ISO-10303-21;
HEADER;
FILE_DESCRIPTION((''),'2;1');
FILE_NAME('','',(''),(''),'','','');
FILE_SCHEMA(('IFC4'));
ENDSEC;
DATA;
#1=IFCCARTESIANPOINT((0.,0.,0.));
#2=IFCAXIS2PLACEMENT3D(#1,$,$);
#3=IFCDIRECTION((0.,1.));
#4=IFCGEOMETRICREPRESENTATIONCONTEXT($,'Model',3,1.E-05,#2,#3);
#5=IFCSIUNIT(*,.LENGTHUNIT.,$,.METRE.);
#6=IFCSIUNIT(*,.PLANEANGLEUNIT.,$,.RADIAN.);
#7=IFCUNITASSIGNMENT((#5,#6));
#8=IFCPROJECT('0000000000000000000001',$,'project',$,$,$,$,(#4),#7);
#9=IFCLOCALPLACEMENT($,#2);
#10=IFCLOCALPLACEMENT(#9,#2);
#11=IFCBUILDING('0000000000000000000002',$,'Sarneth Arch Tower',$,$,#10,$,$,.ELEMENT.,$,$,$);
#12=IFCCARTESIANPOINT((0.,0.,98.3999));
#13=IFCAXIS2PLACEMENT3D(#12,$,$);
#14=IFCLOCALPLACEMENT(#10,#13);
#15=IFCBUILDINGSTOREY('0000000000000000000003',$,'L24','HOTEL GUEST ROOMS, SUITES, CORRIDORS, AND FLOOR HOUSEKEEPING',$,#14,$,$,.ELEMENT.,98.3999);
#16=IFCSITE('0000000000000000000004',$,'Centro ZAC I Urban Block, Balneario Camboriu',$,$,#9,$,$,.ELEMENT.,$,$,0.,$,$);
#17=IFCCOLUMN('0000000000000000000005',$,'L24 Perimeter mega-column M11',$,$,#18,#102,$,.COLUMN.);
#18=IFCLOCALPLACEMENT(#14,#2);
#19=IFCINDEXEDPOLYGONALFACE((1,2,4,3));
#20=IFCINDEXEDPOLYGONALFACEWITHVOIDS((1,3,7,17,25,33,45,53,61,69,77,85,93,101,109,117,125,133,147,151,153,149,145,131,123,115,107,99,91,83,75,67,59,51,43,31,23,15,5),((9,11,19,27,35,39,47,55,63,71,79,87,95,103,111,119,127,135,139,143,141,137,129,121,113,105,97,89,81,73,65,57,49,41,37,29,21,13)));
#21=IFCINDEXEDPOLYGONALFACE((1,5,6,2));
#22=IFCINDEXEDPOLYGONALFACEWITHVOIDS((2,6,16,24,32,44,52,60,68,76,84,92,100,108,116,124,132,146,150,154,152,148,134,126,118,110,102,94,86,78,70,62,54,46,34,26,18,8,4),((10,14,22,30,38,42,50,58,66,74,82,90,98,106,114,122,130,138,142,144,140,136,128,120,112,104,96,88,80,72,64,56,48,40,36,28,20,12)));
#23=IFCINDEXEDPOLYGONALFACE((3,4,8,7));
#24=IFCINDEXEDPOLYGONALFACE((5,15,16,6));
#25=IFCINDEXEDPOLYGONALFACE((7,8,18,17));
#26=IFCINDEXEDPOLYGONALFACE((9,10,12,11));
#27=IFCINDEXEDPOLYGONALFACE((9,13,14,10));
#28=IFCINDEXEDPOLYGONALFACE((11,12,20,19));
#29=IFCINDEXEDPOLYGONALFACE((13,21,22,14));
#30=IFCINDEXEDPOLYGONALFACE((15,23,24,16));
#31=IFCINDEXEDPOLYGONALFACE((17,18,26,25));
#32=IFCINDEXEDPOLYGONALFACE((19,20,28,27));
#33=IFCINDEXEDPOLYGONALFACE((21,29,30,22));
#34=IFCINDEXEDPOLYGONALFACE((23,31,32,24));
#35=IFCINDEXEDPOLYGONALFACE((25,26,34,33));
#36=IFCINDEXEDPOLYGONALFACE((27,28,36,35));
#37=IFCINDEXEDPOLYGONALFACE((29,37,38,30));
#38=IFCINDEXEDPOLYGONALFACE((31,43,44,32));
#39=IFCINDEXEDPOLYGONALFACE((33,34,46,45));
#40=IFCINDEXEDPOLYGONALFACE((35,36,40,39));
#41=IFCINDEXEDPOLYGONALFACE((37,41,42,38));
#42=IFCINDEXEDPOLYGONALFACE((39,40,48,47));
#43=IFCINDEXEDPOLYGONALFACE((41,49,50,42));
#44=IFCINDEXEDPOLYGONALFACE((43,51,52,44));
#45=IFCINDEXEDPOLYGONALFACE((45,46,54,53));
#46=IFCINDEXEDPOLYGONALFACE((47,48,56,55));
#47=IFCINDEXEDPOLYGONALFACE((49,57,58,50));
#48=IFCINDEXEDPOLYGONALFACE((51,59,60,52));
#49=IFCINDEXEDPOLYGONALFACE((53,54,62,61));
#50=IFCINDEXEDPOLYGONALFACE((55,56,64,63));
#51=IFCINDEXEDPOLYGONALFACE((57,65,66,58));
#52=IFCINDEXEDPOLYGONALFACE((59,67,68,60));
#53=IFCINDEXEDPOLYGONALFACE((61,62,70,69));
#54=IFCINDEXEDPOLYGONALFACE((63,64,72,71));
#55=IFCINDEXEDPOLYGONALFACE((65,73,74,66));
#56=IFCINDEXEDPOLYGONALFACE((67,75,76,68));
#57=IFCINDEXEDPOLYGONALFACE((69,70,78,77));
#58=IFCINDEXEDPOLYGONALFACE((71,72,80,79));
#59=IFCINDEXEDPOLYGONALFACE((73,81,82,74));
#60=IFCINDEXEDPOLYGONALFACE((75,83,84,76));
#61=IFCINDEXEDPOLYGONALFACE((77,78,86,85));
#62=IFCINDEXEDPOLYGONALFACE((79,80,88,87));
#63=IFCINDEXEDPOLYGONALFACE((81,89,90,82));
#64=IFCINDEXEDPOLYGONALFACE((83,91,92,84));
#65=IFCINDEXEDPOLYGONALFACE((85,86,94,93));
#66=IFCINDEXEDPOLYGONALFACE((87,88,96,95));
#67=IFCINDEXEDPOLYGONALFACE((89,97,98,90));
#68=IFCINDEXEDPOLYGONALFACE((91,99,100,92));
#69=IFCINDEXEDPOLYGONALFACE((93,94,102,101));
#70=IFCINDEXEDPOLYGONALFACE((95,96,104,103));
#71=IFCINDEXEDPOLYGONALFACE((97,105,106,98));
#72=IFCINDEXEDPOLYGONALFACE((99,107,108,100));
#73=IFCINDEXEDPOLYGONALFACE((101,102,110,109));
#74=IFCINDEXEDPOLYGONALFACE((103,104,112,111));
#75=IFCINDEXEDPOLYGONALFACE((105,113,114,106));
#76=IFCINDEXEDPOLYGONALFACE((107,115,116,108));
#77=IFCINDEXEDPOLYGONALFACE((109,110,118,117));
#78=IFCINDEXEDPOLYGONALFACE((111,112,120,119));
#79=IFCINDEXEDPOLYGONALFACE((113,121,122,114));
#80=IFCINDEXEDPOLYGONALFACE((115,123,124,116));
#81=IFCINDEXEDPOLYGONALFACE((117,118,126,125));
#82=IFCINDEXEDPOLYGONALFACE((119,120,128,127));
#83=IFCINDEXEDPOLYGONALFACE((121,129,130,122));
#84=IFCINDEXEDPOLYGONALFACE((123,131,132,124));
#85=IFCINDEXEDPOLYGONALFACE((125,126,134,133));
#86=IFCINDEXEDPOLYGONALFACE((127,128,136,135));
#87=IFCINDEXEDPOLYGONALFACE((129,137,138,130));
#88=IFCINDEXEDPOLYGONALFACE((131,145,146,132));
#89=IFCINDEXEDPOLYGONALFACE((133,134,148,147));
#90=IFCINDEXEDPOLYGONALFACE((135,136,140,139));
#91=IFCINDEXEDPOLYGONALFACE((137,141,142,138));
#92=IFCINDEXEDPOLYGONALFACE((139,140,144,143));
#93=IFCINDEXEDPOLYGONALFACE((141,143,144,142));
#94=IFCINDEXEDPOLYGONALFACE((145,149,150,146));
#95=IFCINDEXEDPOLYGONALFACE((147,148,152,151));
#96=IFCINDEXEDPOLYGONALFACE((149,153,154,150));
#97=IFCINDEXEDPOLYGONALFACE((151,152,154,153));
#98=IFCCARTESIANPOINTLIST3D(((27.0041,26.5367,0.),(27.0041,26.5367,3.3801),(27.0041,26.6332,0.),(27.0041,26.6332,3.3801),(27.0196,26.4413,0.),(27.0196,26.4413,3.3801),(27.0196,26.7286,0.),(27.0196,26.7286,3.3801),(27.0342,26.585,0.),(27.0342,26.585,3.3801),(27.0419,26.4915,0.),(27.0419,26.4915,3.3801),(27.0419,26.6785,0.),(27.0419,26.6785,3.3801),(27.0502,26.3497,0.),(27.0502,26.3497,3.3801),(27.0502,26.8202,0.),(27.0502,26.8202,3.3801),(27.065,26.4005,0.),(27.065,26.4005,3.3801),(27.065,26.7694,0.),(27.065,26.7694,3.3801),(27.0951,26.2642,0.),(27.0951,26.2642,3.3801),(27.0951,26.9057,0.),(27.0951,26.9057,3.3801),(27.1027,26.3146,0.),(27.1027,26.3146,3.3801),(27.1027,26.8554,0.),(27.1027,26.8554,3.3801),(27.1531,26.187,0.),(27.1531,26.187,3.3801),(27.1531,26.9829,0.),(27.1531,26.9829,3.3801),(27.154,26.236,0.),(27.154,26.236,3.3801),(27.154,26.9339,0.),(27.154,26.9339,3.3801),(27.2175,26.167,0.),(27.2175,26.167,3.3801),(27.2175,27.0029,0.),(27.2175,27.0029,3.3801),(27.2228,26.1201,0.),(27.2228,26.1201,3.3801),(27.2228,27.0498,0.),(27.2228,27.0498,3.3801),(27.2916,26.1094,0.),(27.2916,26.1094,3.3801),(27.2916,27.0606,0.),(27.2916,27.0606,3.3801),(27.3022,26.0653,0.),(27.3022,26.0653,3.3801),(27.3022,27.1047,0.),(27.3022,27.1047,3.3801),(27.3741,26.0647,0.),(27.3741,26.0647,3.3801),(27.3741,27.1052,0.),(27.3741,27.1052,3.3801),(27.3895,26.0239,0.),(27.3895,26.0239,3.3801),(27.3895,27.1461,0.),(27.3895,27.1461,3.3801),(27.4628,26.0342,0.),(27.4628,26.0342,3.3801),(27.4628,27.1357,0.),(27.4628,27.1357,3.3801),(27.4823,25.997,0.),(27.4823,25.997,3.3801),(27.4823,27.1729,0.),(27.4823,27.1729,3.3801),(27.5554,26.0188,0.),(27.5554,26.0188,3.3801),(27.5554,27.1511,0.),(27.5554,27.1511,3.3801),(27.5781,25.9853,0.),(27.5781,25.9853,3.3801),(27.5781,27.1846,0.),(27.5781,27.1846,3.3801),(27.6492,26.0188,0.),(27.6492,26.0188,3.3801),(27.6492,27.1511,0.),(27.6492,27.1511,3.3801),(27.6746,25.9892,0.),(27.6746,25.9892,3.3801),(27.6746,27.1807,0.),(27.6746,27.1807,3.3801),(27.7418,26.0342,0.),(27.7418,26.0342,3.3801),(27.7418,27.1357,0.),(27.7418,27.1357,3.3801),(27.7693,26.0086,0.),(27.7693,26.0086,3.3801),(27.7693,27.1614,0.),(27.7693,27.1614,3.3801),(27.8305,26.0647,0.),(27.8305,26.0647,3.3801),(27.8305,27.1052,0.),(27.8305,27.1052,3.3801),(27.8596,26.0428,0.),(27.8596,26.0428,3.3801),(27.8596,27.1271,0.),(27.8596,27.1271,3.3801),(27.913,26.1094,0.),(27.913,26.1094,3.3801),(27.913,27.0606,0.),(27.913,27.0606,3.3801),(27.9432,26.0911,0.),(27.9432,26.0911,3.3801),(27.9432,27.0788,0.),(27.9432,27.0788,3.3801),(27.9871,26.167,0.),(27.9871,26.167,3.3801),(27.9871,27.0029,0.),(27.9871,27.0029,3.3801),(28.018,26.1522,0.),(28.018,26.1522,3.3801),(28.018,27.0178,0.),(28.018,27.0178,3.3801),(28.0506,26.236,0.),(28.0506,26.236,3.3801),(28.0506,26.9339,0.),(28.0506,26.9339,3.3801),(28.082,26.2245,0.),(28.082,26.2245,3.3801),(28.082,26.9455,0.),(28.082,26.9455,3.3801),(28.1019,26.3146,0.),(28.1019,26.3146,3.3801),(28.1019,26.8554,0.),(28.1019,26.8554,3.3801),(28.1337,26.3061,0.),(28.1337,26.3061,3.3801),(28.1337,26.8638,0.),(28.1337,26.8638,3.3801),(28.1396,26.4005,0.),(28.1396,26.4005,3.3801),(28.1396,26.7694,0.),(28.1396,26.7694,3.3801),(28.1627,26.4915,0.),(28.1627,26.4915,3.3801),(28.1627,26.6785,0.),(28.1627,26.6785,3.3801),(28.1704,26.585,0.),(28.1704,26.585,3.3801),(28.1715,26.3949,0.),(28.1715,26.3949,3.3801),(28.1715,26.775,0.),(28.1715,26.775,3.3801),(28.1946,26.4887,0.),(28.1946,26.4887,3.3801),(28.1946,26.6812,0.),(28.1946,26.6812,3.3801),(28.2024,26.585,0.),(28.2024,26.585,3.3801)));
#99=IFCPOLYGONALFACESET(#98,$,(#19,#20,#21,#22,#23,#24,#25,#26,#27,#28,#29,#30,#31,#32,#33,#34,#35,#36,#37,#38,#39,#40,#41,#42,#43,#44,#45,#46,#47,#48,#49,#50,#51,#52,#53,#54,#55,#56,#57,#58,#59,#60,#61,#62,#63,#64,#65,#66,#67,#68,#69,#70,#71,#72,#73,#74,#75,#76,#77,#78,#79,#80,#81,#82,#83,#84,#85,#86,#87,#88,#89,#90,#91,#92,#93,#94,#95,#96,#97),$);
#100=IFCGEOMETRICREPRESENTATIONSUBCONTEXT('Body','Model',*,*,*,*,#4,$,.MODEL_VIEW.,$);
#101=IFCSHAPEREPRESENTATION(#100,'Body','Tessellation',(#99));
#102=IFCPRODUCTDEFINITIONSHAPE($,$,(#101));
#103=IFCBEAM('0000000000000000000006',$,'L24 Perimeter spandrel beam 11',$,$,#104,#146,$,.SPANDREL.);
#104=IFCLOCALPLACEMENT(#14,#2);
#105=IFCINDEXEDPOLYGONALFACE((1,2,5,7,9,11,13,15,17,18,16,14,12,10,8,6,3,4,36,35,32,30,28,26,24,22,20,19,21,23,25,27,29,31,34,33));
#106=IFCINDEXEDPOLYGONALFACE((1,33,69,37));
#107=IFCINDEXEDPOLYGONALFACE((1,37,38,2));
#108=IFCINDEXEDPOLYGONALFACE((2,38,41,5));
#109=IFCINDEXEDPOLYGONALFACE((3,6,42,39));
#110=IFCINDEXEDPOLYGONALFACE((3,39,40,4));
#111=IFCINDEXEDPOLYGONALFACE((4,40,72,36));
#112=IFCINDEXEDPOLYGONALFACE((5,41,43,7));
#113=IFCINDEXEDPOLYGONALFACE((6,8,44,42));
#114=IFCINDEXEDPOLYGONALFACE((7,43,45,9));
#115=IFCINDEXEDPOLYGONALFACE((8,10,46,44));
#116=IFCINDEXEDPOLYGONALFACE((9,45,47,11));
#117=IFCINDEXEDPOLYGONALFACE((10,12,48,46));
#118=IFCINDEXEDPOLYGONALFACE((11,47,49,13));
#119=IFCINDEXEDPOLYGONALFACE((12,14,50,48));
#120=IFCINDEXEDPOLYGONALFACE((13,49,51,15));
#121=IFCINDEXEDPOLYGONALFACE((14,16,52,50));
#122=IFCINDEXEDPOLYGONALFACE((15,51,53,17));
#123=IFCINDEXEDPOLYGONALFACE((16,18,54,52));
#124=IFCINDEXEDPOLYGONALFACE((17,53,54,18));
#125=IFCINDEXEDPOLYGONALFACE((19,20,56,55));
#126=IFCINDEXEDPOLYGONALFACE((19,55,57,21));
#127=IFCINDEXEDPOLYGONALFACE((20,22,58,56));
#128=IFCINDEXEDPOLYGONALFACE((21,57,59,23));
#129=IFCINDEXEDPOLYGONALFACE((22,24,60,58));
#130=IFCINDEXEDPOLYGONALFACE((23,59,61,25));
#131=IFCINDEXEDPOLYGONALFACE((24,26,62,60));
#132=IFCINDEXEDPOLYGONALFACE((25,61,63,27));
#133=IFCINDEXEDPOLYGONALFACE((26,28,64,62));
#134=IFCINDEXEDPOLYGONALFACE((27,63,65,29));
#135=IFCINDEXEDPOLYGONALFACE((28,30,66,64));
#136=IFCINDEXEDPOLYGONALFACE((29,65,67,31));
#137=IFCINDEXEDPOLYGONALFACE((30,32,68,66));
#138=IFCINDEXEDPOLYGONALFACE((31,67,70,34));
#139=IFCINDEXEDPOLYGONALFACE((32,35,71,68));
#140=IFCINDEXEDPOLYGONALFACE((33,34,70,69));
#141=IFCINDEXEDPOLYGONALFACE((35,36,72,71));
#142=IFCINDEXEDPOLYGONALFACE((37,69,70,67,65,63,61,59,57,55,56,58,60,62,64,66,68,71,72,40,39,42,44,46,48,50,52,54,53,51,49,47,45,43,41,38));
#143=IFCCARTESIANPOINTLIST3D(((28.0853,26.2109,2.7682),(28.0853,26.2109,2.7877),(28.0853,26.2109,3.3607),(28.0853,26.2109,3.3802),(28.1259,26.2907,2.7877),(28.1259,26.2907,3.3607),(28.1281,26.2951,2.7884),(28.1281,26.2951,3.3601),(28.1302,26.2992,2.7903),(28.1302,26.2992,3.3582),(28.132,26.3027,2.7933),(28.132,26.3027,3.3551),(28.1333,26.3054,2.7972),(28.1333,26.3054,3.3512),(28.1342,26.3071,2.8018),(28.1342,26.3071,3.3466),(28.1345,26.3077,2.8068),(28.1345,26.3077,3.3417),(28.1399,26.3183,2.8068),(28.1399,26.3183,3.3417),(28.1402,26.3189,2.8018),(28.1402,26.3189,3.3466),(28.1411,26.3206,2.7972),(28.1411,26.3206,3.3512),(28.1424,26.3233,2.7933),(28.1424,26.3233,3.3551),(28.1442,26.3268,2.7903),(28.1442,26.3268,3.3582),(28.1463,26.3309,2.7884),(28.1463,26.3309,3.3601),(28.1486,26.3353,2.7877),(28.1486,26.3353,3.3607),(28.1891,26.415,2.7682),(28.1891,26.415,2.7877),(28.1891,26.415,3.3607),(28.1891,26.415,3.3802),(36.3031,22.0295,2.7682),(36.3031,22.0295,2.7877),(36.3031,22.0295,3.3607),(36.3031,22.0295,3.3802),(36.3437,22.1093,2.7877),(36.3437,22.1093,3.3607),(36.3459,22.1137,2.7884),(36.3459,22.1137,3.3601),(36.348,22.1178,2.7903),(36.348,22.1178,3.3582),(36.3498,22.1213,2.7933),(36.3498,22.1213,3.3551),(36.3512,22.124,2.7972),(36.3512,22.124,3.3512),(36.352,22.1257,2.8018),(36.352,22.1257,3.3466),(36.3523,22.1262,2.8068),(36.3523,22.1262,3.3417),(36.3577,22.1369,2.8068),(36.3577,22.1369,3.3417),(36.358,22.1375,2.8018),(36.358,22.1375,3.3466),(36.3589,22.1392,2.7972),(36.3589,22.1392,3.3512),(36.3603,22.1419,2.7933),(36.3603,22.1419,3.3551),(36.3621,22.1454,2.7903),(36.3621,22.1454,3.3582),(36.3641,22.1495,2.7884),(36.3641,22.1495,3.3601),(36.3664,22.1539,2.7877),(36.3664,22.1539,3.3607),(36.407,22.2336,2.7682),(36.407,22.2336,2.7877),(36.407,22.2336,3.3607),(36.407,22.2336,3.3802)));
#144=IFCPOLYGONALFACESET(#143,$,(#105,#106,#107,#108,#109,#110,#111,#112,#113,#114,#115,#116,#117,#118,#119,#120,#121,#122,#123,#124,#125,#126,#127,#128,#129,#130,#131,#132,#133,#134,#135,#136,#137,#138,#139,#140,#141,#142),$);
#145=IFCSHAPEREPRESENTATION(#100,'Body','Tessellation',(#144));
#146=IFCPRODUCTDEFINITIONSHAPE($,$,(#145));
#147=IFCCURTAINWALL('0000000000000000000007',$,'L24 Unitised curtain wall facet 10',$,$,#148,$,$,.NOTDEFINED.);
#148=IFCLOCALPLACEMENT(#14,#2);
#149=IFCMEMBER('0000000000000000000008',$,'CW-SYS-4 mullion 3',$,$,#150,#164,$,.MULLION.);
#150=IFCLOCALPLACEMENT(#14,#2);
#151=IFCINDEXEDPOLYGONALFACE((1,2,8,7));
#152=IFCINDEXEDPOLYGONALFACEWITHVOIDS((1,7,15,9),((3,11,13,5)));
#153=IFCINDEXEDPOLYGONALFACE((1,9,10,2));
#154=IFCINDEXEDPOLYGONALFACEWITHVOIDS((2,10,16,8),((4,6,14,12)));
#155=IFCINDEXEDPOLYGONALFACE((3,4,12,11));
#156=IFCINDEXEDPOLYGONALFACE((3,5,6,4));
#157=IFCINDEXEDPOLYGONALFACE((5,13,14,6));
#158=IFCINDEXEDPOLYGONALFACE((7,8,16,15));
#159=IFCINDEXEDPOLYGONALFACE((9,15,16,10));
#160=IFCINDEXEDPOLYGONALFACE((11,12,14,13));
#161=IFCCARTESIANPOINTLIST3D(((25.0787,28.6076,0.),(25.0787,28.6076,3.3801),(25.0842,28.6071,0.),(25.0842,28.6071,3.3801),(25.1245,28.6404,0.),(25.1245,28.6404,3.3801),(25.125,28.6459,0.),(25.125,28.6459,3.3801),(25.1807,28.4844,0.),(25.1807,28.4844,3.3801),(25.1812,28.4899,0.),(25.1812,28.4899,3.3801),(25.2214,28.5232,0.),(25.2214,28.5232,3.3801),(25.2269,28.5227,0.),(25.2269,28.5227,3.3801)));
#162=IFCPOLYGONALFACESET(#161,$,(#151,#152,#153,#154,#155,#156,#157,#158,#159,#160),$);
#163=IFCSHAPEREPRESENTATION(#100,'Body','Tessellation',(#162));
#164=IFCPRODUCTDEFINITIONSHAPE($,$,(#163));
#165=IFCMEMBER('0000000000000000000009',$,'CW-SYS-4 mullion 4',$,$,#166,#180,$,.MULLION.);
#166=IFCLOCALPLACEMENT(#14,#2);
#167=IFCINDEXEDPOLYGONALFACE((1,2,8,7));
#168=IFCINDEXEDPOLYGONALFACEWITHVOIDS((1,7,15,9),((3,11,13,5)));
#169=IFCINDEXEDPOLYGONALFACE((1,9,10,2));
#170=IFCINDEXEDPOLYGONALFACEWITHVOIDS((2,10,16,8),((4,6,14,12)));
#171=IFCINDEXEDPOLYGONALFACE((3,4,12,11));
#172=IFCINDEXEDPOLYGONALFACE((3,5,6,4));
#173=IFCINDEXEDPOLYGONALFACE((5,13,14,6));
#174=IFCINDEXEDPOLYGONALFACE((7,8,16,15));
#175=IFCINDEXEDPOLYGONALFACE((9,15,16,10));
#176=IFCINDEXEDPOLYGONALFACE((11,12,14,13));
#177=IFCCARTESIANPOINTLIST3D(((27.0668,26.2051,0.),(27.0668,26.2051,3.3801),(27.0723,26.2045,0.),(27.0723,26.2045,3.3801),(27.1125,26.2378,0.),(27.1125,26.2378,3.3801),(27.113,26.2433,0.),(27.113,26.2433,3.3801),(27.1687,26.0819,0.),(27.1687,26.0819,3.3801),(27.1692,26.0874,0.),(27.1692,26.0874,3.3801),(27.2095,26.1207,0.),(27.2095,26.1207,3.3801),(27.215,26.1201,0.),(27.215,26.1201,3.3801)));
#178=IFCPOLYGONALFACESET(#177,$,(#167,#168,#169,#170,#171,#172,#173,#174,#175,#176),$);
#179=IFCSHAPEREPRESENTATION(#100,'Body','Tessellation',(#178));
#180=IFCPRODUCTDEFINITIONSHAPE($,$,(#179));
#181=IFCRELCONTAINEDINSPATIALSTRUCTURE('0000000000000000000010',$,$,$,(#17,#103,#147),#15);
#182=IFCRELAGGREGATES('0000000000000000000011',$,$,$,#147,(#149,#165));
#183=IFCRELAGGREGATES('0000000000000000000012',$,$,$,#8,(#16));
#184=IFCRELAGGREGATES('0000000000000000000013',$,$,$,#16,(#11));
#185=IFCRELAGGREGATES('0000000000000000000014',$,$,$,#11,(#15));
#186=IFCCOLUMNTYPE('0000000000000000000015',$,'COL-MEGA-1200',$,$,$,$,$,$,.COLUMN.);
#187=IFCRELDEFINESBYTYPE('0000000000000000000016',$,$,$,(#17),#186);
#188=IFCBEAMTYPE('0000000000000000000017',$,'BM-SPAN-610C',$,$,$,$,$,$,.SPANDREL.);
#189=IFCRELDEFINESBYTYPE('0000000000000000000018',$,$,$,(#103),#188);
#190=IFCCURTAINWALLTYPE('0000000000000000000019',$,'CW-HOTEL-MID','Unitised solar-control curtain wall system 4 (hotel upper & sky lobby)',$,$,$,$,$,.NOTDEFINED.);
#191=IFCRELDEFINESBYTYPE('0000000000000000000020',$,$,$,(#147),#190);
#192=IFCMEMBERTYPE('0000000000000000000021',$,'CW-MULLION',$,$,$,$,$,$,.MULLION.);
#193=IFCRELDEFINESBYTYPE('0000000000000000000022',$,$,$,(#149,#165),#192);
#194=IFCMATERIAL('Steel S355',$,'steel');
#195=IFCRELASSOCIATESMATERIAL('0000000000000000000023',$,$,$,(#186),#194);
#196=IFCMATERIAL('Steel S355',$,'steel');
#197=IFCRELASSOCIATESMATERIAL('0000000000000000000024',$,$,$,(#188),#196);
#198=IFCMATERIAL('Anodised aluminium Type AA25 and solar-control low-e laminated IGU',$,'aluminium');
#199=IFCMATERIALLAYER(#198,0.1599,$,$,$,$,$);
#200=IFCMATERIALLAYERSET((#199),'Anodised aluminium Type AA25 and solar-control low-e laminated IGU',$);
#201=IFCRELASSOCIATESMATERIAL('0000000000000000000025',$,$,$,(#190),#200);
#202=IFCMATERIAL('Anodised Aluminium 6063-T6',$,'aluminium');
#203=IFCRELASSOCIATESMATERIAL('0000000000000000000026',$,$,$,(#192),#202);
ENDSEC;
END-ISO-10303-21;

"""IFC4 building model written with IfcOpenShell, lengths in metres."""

from ifc_helpers import new_model, si_unit, direction, frame, origin, origin_2d, place, context, subcontext, project, spatial, hollow_rectangle, hollow_circle, i_section, extrude, material, layer, layer_set, material_profile, profile_set, type_object, element, aggregate, save


model = new_model("IFC4")

# Units and contexts
model_context = context("Model", 3, precision=1e-05, world=origin(), true_north=direction((0.0, 1.0)))
body_context = subcontext(model_context, "Body", "Model", "MODEL_VIEW")
ifc_project = project(units=[si_unit("LENGTHUNIT", "METRE"), si_unit("PLANEANGLEUNIT", "RADIAN")], contexts=[model_context])

# Site, building, storey
site_placement = place(None, origin())
site = spatial("IfcSite", under=ifc_project, at=site_placement, Name="Centro ZAC I Urban Block, Balneario Camboriu", CompositionType="ELEMENT", RefElevation=0.0)
building_placement = place(site_placement, origin())
building = spatial("IfcBuilding", under=site, at=building_placement, Name="Sarneth Arch Tower", CompositionType="ELEMENT")
storey_placement = place(building_placement, frame((0.0, 0.0, 98.3999)))
storey = spatial("IfcBuildingStorey", under=building, at=storey_placement, Name="L24", Description="HOTEL GUEST ROOMS, SUITES, CORRIDORS, AND FLOOR HOUSEKEEPING", CompositionType="ELEMENT", Elevation=98.3999)

# Column
ifc_material_1 = material(Name="Steel S355", Category="steel")
ifc_material_profile_1 = material_profile(ifc_material_1, hollow_circle(Radius=0.6001, WallThickness=0.032, at=origin_2d()), Name="CHS1200x32")
ifc_profile_set_1 = profile_set([ifc_material_profile_1], Name="Steel S355")
column_type = type_object("IfcColumnType", Name="COL-MEGA-1200", PredefinedType="COLUMN", material=ifc_profile_set_1)
column_placement = place(storey_placement, frame((27.6023, 26.585, 0.0), z_axis=(0.0, 0.0, 1.0), x_axis=(1.0, 0.0, 0.0)))
element("IfcColumn", 1, at=column_placement, inside=storey, type_object=column_type, Name="L24 Perimeter mega-column M11", PredefinedType="COLUMN", context=body_context, shape_type="SweptSolid", body=[
    extrude(hollow_circle(Radius=0.6001, WallThickness=0.032, at=origin_2d()), origin(), (0.0, 0.0, 1.0), 3.3801),
])

# Beam
ifc_material_2 = material(Name="Steel S355", Category="steel")
ifc_material_profile_2 = material_profile(ifc_material_2, i_section(OverallWidth=0.229, OverallDepth=0.6121, WebThickness=0.012, FlangeThickness=0.0195, FilletRadius=0.019, at=origin_2d()), Name="W610x125")
ifc_profile_set_2 = profile_set([ifc_material_profile_2], Name="Steel S355")
beam_type = type_object("IfcBeamType", Name="BM-SPAN-610C", PredefinedType="SPANDREL", material=ifc_profile_set_2)
beam_placement = place(storey_placement, frame((28.1372, 26.313, 3.0742), z_axis=(0.891259, -0.453494, 0.0), x_axis=(0.453494, 0.891259, 0.0)))
element("IfcBeam", 2, at=beam_placement, inside=storey, type_object=beam_type, Name="L24 Perimeter spandrel beam 11", PredefinedType="SPANDREL", context=body_context, shape_type="SweptSolid", body=[
    extrude(i_section(OverallWidth=0.229, OverallDepth=0.6121, WebThickness=0.012, FlangeThickness=0.0195, FilletRadius=0.019, at=origin_2d()), origin(), (0.0, 0.0, 1.0), 9.2205),
])

# Curtain wall, members
ifc_material_3 = material(Name="Anodised aluminium Type AA25 and solar-control low-e laminated IGU", Category="aluminium")
ifc_layer_1 = layer(ifc_material_3, 0.1599)
ifc_layer_set_1 = layer_set([ifc_layer_1], Name="Anodised aluminium Type AA25 and solar-control low-e laminated IGU")
curtain_wall_type = type_object("IfcCurtainWallType", Name="CW-HOTEL-MID", Description="Unitised solar-control curtain wall system 4 (hotel upper & sky lobby)", PredefinedType="NOTDEFINED", material=ifc_layer_set_1)
curtain_wall_placement = place(storey_placement, origin())
curtain_wall = element("IfcCurtainWall", 3, at=curtain_wall_placement, inside=storey, type_object=curtain_wall_type, Name="L24 Unitised curtain wall facet 10", PredefinedType="NOTDEFINED")
ifc_material_4 = material(Name="Anodised Aluminium 6063-T6", Category="aluminium")
ifc_material_profile_3 = material_profile(ifc_material_4, hollow_rectangle(XDim=0.0601, YDim=0.1599, WallThickness=0.0039, at=origin_2d()), Name="AL-MULL-160x60x4")
ifc_profile_set_3 = profile_set([ifc_material_profile_3], Name="Anodised Aluminium 6063-T6")
member_type_1 = type_object("IfcMemberType", Name="CW-MULLION", PredefinedType="MULLION", material=ifc_profile_set_3)
member_1_placement = place(storey_placement, frame((25.1528, 28.5652, 0.0), z_axis=(0.0, 0.0, 1.0), x_axis=(0.770438, 0.637515, 0.0)))
member_1 = element("IfcMember", 4, at=member_1_placement, type_object=member_type_1, Name="CW-SYS-4 mullion 3", PredefinedType="MULLION", context=body_context, shape_type="SweptSolid", body=[
    extrude(hollow_rectangle(XDim=0.0601, YDim=0.1599, WallThickness=0.0039, at=origin_2d()), origin(), (0.0, 0.0, 1.0), 3.3801),
])
member_2_placement = place(storey_placement, frame((27.1409, 26.1626, 0.0), z_axis=(0.0, 0.0, 1.0), x_axis=(0.770438, 0.637515, 0.0)))
member_2 = element("IfcMember", 5, at=member_2_placement, type_object=member_type_1, Name="CW-SYS-4 mullion 4", PredefinedType="MULLION", context=body_context, shape_type="SweptSolid", body=[
    extrude(hollow_rectangle(XDim=0.0601, YDim=0.1599, WallThickness=0.0039, at=origin_2d()), origin(), (0.0, 0.0, 1.0), 3.3801),
])

aggregate(curtain_wall, [member_1, member_2])

save(model, "model.ifc")
